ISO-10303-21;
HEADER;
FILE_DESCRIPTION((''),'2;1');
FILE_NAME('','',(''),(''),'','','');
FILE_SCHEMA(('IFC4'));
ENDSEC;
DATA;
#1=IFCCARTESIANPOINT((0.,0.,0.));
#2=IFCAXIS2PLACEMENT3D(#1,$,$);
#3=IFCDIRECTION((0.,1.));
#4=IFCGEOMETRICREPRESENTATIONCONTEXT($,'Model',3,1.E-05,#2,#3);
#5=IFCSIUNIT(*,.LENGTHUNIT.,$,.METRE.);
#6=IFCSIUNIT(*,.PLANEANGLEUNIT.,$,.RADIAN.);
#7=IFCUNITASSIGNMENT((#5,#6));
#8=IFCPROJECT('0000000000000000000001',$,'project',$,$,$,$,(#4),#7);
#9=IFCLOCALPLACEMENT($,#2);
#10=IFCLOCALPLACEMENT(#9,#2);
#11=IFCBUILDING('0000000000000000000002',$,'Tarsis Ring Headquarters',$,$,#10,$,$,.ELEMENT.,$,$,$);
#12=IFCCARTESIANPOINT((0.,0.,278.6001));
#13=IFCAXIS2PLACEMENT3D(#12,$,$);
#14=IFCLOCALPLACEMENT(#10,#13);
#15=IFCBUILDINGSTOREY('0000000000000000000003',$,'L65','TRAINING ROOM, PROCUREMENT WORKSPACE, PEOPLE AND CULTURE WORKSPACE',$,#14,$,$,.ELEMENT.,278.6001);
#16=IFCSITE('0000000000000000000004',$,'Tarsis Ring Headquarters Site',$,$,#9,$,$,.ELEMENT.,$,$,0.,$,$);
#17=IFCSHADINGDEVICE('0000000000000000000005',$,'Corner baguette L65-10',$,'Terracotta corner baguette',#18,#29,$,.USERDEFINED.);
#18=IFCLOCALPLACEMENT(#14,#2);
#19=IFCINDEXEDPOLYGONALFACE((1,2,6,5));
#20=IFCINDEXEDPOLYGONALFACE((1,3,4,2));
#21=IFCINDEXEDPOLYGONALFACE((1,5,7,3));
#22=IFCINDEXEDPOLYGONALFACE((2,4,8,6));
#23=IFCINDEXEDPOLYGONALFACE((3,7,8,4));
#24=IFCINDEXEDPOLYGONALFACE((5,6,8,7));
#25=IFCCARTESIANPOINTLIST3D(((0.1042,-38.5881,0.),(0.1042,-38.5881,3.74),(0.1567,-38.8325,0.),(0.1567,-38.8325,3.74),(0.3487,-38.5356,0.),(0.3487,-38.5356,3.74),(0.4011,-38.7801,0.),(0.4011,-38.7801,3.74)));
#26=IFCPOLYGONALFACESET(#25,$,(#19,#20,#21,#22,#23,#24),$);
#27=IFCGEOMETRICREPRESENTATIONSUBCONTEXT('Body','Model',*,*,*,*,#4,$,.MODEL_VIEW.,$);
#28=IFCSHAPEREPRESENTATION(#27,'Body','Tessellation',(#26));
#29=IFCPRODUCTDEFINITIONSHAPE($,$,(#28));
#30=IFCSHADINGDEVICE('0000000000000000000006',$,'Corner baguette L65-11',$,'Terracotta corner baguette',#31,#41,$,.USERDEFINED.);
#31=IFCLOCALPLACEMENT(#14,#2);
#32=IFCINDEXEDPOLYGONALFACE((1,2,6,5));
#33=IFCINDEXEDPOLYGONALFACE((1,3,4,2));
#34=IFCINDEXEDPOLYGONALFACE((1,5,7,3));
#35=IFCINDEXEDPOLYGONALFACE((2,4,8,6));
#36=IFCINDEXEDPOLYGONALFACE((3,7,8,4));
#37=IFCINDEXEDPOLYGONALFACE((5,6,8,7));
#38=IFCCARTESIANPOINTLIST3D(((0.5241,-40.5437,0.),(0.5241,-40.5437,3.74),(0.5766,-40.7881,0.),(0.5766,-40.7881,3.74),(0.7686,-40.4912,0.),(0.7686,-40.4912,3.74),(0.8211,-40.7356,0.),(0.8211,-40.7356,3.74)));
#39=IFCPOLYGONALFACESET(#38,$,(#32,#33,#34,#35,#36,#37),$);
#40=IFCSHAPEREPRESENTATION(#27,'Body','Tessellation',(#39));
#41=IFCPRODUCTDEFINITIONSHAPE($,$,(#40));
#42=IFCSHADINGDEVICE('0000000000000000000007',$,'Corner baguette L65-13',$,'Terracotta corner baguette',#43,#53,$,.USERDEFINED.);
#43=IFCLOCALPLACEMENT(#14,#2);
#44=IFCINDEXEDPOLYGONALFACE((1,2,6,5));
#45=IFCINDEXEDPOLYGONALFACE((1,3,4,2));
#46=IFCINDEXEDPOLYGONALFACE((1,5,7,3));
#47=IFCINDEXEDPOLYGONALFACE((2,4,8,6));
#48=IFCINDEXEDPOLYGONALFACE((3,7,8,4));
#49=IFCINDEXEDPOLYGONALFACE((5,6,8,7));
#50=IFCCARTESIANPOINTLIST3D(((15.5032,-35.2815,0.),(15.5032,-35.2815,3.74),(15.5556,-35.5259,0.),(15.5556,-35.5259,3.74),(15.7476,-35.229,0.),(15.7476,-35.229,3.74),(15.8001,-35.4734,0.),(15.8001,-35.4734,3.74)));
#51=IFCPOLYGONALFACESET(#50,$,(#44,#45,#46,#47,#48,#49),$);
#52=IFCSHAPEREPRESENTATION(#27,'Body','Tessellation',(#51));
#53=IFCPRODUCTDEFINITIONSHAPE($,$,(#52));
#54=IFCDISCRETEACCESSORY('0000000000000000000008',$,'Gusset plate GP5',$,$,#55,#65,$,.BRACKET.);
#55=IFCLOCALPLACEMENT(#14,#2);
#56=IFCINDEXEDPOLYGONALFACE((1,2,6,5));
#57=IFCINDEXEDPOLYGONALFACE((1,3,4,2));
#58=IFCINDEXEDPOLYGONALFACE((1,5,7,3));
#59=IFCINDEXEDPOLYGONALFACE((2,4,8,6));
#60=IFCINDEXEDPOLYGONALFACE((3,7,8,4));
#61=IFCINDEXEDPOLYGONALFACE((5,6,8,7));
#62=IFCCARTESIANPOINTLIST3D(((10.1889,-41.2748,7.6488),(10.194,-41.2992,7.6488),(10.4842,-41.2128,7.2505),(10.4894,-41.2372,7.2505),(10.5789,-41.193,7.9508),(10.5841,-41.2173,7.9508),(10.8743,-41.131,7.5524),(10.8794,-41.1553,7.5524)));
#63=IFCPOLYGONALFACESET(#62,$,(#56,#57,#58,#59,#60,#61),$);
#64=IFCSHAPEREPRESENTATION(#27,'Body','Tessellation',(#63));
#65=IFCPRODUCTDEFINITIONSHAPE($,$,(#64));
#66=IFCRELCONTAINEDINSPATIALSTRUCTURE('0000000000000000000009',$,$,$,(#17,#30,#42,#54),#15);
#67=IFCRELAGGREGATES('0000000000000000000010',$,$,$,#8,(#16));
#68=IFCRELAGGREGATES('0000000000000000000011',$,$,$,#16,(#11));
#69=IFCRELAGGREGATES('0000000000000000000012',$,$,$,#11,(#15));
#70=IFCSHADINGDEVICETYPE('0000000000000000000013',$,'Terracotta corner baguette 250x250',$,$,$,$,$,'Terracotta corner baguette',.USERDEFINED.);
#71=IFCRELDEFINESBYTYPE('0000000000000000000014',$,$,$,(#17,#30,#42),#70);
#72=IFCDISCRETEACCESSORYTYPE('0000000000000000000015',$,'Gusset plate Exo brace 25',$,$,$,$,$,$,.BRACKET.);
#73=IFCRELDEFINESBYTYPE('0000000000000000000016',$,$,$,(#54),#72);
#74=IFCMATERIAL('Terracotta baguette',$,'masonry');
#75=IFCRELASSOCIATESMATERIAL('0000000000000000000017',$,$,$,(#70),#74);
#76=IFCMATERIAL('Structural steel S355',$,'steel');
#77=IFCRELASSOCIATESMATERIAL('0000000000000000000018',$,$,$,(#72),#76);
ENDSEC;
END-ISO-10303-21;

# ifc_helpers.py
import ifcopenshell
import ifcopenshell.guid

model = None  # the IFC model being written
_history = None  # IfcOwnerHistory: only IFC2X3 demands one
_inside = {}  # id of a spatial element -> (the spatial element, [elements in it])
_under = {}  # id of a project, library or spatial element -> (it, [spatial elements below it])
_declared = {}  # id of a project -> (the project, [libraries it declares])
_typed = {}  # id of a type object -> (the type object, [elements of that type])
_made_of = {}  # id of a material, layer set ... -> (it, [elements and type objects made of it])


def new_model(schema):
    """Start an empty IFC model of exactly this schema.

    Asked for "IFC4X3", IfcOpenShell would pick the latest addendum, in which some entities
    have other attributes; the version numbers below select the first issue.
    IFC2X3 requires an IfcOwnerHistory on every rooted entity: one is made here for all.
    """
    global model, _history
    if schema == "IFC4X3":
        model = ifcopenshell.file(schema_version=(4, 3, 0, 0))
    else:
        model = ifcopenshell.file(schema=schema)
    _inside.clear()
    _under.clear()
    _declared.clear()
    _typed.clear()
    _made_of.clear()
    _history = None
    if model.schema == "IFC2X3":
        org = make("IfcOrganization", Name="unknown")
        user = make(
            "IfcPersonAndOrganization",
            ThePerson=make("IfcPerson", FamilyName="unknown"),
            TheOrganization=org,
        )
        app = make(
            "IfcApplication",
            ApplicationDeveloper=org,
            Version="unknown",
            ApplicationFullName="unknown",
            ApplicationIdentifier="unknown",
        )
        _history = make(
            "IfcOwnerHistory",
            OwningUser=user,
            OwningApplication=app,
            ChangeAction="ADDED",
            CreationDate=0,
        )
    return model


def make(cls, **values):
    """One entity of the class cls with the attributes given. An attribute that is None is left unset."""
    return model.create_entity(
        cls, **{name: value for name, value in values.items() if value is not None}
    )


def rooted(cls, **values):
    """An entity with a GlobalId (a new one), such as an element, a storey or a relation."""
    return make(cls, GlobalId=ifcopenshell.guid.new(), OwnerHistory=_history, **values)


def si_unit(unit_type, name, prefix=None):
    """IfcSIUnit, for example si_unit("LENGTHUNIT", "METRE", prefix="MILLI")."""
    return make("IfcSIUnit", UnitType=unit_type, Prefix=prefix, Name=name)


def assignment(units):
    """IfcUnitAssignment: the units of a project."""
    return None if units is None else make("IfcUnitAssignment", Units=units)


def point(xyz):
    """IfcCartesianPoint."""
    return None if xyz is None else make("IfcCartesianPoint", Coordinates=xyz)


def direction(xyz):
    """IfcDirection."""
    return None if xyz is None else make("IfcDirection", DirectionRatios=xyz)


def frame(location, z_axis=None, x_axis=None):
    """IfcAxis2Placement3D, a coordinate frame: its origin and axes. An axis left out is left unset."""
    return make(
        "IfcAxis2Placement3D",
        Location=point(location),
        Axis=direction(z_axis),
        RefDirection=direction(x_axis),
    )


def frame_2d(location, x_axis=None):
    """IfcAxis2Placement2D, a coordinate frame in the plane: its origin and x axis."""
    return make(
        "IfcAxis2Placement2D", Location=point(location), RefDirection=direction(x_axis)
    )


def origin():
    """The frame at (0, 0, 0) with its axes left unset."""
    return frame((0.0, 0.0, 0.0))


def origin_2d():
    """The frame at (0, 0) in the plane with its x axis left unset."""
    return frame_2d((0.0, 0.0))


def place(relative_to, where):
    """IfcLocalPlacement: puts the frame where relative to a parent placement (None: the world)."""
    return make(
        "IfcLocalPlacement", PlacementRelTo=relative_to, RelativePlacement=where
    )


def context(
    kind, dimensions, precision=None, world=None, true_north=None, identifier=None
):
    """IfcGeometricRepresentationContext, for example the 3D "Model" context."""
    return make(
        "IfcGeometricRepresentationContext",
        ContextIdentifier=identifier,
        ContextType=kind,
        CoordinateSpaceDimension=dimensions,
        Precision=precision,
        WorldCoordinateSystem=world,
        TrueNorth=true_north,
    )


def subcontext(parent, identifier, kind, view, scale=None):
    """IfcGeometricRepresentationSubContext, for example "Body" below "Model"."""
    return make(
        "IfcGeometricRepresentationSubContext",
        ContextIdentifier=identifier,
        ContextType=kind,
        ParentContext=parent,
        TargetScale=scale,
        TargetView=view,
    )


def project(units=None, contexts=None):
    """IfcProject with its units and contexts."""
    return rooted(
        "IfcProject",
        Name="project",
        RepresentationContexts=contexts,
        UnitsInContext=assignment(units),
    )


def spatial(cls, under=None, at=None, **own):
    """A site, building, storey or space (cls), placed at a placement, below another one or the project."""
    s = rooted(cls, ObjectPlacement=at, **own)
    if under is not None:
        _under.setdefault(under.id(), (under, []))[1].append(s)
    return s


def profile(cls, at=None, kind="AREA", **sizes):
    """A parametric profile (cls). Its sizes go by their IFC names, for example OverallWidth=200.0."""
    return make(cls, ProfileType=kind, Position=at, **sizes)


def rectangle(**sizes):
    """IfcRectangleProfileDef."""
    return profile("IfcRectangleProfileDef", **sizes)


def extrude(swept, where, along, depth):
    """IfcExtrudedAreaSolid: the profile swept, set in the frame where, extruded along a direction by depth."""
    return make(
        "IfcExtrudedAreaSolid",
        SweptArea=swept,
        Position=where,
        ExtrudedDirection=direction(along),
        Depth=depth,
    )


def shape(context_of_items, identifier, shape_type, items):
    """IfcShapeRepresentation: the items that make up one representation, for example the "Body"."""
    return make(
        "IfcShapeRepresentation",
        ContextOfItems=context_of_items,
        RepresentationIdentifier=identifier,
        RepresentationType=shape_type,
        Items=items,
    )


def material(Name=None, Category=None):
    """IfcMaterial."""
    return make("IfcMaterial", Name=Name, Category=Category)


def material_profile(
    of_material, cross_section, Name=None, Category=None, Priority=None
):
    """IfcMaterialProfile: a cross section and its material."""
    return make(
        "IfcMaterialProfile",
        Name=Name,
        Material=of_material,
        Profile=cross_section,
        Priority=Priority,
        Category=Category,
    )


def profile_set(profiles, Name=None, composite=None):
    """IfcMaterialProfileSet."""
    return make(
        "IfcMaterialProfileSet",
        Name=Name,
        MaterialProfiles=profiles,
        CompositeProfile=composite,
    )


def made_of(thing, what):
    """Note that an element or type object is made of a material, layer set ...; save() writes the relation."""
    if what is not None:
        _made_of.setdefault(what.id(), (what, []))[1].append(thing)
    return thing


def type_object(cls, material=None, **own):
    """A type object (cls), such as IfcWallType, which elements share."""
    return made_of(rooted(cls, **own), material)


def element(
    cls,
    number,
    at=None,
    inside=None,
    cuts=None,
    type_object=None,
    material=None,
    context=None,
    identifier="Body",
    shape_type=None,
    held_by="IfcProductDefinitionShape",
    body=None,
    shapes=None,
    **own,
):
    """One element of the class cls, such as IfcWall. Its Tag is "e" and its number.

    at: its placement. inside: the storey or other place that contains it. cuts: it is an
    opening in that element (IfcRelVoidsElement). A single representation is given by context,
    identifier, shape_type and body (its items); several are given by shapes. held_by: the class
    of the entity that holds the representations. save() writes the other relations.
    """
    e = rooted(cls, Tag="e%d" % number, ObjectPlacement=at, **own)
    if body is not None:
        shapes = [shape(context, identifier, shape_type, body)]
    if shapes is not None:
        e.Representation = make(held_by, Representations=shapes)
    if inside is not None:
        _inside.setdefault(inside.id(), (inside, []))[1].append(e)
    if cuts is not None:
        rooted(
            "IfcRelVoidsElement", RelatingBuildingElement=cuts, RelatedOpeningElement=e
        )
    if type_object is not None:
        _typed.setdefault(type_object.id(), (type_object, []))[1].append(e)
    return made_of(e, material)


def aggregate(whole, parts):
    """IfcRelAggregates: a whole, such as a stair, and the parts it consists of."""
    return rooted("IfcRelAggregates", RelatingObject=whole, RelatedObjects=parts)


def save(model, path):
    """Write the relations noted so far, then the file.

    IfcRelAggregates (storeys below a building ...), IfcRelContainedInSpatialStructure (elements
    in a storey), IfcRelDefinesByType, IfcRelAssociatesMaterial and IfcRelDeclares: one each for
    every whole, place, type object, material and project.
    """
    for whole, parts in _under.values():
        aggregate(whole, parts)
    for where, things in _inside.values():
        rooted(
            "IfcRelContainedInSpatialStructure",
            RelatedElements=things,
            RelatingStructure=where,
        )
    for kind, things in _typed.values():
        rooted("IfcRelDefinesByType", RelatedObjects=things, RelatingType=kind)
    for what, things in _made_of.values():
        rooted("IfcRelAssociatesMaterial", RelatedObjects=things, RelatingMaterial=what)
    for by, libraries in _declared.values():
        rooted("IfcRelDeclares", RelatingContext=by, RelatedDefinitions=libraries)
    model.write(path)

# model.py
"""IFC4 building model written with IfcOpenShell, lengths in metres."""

from ifc_helpers import new_model, si_unit, direction, frame, origin, origin_2d, place, context, subcontext, project, spatial, rectangle, extrude, material, material_profile, profile_set, type_object, element, save


model = new_model("IFC4")

# Units and contexts
model_context = context("Model", 3, precision=1e-05, world=origin(), true_north=direction((0.0, 1.0)))
body_context = subcontext(model_context, "Body", "Model", "MODEL_VIEW")
ifc_project = project(units=[si_unit("LENGTHUNIT", "METRE"), si_unit("PLANEANGLEUNIT", "RADIAN")], contexts=[model_context])

# Site, building, storey
site_placement = place(None, origin())
site = spatial("IfcSite", under=ifc_project, at=site_placement, Name="Tarsis Ring Headquarters Site", CompositionType="ELEMENT", RefElevation=0.0)
building_placement = place(site_placement, origin())
building = spatial("IfcBuilding", under=site, at=building_placement, Name="Tarsis Ring Headquarters", CompositionType="ELEMENT")
storey_placement = place(building_placement, frame((0.0, 0.0, 278.6001)))
storey = spatial("IfcBuildingStorey", under=building, at=storey_placement, Name="L65", Description="TRAINING ROOM, PROCUREMENT WORKSPACE, PEOPLE AND CULTURE WORKSPACE", CompositionType="ELEMENT", Elevation=278.6001)

# Shared definitions
ifc_material_1 = material(Name="Structural steel S355", Category="steel")

# Shading devices
ifc_material_2 = material(Name="Terracotta baguette", Category="masonry")
shading_device_type_1 = type_object("IfcShadingDeviceType", Name="Terracotta corner baguette 250x250", ElementType="Terracotta corner baguette", PredefinedType="USERDEFINED", material=ifc_material_2)
for number, where, z_axis, x_axis, name in (
    (1, (0.2527, -38.6841, 0.0), (0.0, 0.0, 1.0), (0.97771, 0.20996, 0.0), "Corner baguette L65-10"),
    (2, (0.6726, -40.6396, 0.0), (0.0, 0.0, 1.0), (0.20996, -0.97771, 0.0), "Corner baguette L65-11"),
    (3, (15.6516, -35.3774, 0.0), (0.0, 0.0, 1.0), (-0.20996, 0.97771, 0.0), "Corner baguette L65-13"),
):
    element("IfcShadingDevice", number, at=place(storey_placement, frame(where, z_axis=z_axis, x_axis=x_axis)), inside=storey, type_object=shading_device_type_1, Name=name, ObjectType="Terracotta corner baguette", PredefinedType="USERDEFINED", context=body_context, shape_type="SweptSolid", body=[
        extrude(rectangle(XDim=0.25, YDim=0.25, at=origin_2d()), origin(), (0.0, 0.0, 1.0), 3.74),
    ])

# Discrete accessory
ifc_material_profile_1 = material_profile(ifc_material_1, rectangle(XDim=0.0249, YDim=0.5, at=origin_2d()), Name="PL 25x500")
ifc_profile_set_1 = profile_set([ifc_material_profile_1], Name="Structural steel S355")
discrete_accessory_type = type_object("IfcDiscreteAccessoryType", Name="Gusset plate Exo brace 25", PredefinedType="BRACKET", material=ifc_profile_set_1)
discrete_accessory_placement = place(storey_placement, frame((10.3865, -41.2461, 7.7998), z_axis=(0.59098, 0.124057, -0.79709), x_axis=(-0.20544, 0.97867, 0.0)))
element("IfcDiscreteAccessory", 4, at=discrete_accessory_placement, inside=storey, type_object=discrete_accessory_type, Name="Gusset plate GP5", PredefinedType="BRACKET", context=body_context, shape_type="SweptSolid", body=[
    extrude(rectangle(XDim=0.0249, YDim=0.5, at=origin_2d()), origin(), (0.0, 0.0, 1.0), 0.4998),
])

save(model, "model.ifc")
